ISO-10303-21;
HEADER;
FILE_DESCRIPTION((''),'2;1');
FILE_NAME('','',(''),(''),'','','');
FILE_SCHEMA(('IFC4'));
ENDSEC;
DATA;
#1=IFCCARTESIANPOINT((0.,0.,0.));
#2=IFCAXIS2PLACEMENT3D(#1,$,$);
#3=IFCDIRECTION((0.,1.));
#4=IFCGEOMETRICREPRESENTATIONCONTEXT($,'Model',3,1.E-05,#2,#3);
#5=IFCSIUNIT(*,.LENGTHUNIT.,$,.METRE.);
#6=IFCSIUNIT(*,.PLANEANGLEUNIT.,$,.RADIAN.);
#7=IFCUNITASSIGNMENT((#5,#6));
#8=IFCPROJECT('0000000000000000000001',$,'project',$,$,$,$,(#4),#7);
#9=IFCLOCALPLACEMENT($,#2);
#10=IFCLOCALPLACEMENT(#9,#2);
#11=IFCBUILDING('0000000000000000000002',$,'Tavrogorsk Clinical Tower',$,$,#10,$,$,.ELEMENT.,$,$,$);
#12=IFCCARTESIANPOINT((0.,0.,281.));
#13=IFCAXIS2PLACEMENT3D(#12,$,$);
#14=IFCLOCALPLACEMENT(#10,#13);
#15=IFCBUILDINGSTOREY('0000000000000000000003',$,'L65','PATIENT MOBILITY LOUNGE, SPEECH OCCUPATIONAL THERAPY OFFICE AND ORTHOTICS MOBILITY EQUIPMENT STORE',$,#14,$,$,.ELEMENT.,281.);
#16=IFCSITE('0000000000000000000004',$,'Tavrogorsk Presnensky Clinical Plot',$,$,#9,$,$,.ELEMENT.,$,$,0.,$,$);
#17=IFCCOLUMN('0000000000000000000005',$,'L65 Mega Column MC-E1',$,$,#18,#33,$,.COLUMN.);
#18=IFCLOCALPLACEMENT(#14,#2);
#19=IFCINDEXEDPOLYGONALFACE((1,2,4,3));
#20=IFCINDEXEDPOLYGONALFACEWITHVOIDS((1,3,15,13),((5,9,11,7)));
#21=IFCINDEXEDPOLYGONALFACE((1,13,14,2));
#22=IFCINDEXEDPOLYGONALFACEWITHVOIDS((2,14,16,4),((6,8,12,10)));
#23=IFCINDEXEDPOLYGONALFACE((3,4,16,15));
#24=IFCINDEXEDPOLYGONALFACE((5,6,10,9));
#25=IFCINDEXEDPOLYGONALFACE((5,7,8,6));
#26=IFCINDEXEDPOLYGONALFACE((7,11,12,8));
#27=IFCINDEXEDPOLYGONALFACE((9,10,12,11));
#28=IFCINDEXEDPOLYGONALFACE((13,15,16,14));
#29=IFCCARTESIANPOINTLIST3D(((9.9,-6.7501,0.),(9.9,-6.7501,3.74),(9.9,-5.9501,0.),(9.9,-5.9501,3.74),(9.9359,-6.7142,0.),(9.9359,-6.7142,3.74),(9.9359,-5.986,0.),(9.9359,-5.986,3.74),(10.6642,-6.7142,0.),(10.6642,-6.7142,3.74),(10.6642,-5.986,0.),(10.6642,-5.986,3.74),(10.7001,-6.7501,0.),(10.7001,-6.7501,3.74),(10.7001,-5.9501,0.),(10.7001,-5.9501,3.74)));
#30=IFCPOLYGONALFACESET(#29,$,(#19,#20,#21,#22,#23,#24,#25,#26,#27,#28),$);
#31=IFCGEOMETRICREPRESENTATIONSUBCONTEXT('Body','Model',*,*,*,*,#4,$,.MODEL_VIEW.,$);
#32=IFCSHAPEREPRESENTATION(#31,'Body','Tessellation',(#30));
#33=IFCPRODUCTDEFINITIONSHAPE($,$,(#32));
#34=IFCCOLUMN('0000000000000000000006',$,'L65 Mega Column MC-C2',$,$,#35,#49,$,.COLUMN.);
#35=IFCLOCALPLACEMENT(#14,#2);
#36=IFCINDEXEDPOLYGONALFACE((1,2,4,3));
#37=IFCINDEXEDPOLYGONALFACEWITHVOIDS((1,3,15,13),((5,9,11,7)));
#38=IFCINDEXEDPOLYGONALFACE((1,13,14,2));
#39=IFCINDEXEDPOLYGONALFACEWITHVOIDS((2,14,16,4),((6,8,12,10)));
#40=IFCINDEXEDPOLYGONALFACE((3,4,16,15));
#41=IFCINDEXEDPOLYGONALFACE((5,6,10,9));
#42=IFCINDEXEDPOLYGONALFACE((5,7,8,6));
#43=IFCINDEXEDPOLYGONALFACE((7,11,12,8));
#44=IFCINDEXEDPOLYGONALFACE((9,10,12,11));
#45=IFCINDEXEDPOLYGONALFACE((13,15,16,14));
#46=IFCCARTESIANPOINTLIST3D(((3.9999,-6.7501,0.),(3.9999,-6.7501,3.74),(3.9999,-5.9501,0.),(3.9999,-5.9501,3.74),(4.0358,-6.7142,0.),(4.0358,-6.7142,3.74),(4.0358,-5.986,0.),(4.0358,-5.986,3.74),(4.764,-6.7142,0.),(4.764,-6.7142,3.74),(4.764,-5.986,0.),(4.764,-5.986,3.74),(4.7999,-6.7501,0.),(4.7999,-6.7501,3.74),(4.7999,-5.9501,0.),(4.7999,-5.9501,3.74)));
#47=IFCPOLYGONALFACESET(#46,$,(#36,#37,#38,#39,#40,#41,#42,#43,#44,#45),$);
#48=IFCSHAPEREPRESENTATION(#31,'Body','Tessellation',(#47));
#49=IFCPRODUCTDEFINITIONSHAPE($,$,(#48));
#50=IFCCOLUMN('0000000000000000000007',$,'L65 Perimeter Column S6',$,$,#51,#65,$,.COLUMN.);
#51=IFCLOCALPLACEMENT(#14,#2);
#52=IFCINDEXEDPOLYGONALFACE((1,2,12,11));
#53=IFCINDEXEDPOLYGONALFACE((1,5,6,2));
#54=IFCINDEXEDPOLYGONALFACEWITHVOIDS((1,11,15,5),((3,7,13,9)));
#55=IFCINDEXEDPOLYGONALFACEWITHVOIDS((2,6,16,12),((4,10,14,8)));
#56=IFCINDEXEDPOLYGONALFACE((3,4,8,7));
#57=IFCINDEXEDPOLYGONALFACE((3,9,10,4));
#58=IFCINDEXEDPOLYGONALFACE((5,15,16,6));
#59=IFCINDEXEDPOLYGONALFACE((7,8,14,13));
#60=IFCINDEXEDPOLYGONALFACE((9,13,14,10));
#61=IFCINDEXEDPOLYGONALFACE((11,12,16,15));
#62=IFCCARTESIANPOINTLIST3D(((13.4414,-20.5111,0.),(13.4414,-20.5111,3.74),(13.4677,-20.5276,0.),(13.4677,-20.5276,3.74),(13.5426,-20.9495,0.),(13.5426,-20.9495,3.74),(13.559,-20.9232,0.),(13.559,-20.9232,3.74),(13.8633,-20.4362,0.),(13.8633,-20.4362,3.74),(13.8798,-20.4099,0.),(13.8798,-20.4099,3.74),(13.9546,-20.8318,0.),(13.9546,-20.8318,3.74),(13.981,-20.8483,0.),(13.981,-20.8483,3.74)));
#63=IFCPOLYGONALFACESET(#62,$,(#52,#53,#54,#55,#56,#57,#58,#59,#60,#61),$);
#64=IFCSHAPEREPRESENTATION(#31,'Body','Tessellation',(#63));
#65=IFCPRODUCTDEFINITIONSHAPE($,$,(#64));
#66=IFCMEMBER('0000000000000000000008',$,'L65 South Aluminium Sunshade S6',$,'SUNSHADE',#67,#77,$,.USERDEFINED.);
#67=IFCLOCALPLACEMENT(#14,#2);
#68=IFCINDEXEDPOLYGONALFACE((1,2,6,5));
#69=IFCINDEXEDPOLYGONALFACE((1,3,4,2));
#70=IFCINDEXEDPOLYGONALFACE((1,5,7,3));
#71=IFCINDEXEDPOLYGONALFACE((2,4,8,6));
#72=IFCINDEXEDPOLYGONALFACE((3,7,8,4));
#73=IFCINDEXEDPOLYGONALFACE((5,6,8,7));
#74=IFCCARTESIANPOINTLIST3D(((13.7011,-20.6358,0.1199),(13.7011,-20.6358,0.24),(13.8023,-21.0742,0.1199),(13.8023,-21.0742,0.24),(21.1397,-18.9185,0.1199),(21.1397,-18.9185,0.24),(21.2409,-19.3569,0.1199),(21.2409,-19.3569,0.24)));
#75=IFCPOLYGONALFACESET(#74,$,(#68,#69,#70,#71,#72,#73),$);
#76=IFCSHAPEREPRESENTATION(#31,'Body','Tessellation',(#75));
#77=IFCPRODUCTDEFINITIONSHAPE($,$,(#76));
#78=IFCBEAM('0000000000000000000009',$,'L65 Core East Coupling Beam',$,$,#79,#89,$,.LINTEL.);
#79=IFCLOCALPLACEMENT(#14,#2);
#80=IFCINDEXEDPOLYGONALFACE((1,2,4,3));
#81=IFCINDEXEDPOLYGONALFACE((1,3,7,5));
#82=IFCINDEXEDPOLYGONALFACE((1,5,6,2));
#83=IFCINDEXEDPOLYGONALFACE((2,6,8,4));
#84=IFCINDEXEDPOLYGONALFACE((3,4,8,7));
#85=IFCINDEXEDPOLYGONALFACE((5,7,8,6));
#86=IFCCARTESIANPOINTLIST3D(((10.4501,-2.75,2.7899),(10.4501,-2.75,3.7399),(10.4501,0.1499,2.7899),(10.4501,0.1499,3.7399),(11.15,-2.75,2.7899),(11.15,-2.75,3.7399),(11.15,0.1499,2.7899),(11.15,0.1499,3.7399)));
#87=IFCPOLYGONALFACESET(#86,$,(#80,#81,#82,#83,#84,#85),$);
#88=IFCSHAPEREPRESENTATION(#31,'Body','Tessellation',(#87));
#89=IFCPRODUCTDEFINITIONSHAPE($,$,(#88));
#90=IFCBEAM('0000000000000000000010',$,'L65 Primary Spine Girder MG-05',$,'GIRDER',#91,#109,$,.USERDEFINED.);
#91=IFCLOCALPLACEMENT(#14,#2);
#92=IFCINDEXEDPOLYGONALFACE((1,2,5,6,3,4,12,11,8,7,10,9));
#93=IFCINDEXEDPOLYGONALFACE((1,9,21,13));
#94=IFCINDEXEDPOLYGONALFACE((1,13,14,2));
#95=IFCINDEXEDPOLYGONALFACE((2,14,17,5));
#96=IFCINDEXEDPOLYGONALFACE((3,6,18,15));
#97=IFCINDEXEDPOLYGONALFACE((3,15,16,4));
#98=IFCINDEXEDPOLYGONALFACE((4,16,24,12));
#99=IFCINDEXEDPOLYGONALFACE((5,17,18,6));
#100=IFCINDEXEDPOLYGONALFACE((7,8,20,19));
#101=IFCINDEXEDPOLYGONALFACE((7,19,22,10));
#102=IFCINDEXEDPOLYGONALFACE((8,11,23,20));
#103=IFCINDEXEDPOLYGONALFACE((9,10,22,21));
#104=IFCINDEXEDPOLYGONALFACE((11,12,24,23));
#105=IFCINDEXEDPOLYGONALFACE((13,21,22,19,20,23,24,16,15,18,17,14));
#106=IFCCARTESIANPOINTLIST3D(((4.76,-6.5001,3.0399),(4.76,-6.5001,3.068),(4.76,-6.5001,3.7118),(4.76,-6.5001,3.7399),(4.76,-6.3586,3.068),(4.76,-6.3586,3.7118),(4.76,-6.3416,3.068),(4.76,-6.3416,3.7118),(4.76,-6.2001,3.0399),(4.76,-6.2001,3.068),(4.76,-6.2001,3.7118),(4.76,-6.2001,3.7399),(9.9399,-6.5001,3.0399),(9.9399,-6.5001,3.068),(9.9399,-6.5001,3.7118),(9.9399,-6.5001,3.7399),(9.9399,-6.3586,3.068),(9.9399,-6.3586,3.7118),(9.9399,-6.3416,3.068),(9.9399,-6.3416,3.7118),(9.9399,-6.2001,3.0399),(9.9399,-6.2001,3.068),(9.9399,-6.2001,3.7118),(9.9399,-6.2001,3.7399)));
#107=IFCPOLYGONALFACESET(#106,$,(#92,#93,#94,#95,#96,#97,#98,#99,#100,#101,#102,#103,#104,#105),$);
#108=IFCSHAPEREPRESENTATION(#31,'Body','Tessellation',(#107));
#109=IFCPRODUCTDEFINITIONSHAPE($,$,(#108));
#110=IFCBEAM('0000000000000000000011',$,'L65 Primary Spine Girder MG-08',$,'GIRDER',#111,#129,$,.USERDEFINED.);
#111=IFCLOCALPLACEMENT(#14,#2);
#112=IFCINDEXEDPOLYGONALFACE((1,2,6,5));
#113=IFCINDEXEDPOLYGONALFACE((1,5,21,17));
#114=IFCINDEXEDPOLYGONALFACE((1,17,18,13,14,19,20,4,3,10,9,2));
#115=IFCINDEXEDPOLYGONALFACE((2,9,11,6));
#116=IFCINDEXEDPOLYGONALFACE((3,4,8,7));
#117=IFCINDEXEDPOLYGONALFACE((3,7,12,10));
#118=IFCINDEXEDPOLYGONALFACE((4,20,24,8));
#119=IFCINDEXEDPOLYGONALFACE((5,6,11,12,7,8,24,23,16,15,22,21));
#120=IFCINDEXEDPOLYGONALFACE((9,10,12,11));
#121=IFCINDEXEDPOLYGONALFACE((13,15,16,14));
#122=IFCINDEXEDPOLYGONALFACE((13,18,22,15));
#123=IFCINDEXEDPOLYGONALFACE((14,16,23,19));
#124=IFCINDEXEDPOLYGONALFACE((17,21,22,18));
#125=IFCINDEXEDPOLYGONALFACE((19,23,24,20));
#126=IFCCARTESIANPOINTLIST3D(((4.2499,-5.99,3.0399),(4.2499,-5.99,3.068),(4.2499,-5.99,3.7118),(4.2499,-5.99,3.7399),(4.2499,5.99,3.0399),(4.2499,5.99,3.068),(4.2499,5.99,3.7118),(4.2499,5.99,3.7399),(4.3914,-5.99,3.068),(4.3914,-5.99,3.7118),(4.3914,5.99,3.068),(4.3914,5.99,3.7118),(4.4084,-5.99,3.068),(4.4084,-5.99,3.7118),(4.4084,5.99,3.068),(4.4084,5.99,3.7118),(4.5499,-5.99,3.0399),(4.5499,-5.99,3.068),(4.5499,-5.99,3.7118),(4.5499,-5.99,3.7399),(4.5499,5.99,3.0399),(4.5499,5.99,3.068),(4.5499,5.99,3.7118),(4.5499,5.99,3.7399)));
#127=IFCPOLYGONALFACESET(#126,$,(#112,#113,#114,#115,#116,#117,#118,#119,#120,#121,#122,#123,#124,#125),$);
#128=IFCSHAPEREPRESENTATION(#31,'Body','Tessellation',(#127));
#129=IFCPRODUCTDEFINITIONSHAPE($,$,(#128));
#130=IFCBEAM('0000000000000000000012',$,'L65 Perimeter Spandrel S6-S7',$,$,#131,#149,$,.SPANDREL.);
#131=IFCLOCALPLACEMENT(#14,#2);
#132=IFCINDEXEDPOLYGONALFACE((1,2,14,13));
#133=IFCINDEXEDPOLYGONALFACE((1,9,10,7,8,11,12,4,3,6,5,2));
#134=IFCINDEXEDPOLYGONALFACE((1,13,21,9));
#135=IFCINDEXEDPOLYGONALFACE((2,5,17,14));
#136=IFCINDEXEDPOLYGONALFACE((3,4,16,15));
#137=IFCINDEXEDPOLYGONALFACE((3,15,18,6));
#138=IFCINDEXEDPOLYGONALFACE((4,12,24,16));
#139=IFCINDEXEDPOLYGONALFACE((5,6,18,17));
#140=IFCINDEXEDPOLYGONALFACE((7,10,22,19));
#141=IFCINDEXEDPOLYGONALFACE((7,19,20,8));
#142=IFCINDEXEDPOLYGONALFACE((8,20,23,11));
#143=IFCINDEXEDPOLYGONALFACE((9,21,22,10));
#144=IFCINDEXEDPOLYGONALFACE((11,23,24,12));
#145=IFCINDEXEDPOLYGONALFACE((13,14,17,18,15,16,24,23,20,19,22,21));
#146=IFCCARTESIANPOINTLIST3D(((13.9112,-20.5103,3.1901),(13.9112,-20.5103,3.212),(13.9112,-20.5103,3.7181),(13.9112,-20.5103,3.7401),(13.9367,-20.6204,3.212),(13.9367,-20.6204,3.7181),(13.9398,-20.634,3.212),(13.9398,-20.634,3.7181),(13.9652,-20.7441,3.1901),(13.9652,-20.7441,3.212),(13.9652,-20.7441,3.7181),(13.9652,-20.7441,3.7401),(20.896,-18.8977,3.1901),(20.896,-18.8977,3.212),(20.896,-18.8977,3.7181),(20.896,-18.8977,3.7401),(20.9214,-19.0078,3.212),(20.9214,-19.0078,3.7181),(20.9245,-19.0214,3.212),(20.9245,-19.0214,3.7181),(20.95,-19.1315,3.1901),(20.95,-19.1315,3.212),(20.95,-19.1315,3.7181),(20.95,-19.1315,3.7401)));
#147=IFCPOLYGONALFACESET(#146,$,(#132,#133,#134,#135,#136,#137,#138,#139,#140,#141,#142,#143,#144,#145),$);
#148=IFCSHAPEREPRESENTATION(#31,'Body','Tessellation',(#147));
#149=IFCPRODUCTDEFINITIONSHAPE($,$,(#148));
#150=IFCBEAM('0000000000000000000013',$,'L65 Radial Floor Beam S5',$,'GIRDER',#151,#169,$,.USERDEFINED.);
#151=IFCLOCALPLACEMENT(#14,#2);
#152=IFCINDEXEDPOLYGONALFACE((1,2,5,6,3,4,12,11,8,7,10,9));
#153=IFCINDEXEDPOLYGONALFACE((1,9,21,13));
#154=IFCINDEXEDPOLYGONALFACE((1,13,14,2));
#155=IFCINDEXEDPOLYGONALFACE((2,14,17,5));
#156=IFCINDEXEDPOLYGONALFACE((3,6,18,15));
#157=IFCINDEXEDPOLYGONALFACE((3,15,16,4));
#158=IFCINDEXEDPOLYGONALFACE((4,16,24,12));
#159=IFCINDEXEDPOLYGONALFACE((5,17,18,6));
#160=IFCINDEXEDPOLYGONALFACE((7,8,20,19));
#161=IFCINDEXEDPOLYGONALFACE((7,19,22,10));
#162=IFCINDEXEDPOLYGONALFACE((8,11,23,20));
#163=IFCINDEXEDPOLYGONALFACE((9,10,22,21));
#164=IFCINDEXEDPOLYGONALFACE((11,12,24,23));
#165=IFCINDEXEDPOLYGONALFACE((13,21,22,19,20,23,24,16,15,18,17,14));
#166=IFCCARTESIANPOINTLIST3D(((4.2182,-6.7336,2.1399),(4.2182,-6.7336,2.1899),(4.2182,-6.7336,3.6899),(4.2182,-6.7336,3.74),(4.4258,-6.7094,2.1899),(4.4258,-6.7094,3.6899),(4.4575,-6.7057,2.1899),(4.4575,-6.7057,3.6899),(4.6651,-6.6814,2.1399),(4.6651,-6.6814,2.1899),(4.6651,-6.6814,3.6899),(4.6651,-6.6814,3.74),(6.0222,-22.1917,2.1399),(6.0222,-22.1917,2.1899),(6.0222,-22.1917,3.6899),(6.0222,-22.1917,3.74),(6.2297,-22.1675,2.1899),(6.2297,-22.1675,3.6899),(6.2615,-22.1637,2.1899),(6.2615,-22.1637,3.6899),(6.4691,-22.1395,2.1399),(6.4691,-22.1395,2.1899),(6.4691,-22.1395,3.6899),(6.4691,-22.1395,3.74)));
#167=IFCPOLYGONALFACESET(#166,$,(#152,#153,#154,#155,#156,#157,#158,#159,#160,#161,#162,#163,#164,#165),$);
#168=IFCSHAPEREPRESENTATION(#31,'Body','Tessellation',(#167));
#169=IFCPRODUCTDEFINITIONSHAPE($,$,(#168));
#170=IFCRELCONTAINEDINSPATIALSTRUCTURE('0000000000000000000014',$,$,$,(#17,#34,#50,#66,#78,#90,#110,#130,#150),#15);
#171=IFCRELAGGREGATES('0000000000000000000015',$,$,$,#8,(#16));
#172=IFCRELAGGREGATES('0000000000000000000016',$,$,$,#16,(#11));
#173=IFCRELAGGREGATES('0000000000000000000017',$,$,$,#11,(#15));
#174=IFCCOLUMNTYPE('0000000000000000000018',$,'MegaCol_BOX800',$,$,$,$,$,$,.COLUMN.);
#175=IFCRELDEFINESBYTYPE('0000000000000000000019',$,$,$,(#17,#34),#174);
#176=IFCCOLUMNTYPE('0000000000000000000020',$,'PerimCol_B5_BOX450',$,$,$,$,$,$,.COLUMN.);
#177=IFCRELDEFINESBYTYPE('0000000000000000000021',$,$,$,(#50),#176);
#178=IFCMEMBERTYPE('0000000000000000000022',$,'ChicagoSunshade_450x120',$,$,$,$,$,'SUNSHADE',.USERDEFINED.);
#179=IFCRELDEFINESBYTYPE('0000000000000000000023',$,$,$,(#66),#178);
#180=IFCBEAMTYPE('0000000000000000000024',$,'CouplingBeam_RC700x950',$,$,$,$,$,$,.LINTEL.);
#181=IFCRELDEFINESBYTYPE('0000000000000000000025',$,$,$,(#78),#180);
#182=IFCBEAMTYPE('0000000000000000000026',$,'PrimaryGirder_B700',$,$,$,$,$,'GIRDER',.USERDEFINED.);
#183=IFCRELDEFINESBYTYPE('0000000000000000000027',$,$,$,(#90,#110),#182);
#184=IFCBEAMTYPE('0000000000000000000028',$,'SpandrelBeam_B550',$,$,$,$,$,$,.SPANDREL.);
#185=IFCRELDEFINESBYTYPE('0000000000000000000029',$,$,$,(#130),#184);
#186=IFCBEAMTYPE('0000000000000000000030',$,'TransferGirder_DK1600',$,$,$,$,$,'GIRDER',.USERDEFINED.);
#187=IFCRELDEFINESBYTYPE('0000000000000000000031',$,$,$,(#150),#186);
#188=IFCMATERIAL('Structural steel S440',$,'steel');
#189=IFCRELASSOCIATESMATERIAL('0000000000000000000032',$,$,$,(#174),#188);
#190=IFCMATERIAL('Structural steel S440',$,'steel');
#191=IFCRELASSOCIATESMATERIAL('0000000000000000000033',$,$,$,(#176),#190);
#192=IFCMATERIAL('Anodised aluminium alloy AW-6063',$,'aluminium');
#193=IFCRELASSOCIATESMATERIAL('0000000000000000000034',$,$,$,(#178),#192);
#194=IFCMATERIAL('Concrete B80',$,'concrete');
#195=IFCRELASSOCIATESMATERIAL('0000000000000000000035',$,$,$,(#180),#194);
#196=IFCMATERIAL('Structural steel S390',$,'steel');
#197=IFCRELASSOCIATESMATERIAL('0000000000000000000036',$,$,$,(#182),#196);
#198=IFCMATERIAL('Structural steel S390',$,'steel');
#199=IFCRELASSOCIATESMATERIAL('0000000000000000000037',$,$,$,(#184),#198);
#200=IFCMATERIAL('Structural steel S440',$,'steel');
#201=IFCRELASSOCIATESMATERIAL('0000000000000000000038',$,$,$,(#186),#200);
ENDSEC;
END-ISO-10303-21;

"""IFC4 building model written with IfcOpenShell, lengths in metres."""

from ifc_helpers import new_model, si_unit, direction, frame, origin, origin_2d, place, context, subcontext, project, spatial, rectangle, hollow_rectangle, i_section, extrude, material, material_profile, profile_set, type_object, element, save


model = new_model("IFC4")

# Units and contexts
model_context = context("Model", 3, precision=1e-05, world=origin(), true_north=direction((0.0, 1.0)))
body_context = subcontext(model_context, "Body", "Model", "MODEL_VIEW")
ifc_project = project(units=[si_unit("LENGTHUNIT", "METRE"), si_unit("PLANEANGLEUNIT", "RADIAN")], contexts=[model_context])

# Site, building, storey
site_placement = place(None, origin())
site = spatial("IfcSite", under=ifc_project, at=site_placement, Name="Tavrogorsk Presnensky Clinical Plot", CompositionType="ELEMENT", RefElevation=0.0)
building_placement = place(site_placement, origin())
building = spatial("IfcBuilding", under=site, at=building_placement, Name="Tavrogorsk Clinical Tower", CompositionType="ELEMENT")
storey_placement = place(building_placement, frame((0.0, 0.0, 281.0)))
storey = spatial("IfcBuildingStorey", under=building, at=storey_placement, Name="L65", Description="PATIENT MOBILITY LOUNGE, SPEECH OCCUPATIONAL THERAPY OFFICE AND ORTHOTICS MOBILITY EQUIPMENT STORE", CompositionType="ELEMENT", Elevation=281.0)

# Columns
ifc_material_1 = material(Name="Structural steel S440", Category="steel")
ifc_material_profile_1 = material_profile(ifc_material_1, hollow_rectangle(XDim=0.8, YDim=0.8, WallThickness=0.0359, at=origin_2d()), Name="BOX-800x800x36")
ifc_profile_set_1 = profile_set([ifc_material_profile_1], Name="Structural steel S440")
column_type_1 = type_object("IfcColumnType", Name="MegaCol_BOX800", PredefinedType="COLUMN", material=ifc_profile_set_1)
for number, where, z_axis, x_axis, name in (
    (1, (10.3, -6.3501, 0.0), (0.0, 0.0, 1.0), (1.0, 0.0, 0.0), "L65 Mega Column MC-E1"),
    (2, (4.3999, -6.3501, 0.0), (0.0, 0.0, 1.0), (1.0, 0.0, 0.0), "L65 Mega Column MC-C2"),
):
    element("IfcColumn", number, at=place(storey_placement, frame(where, z_axis=z_axis, x_axis=x_axis)), inside=storey, type_object=column_type_1, Name=name, PredefinedType="COLUMN", context=body_context, shape_type="SweptSolid", body=[
        extrude(hollow_rectangle(XDim=0.8, YDim=0.8, WallThickness=0.0359, at=origin_2d()), origin(), (0.0, 0.0, 1.0), 3.74),
    ])
ifc_material_2 = material(Name="Structural steel S440", Category="steel")
ifc_material_profile_2 = material_profile(ifc_material_2, hollow_rectangle(XDim=0.45, YDim=0.45, WallThickness=0.022, at=origin_2d()), Name="BOX-450x450x22")
ifc_profile_set_2 = profile_set([ifc_material_profile_2], Name="Structural steel S440")
column_type_2 = type_object("IfcColumnType", Name="PerimCol_B5_BOX450", PredefinedType="COLUMN", material=ifc_profile_set_2)
column_placement = place(storey_placement, frame((13.7112, -20.6797, 0.0), z_axis=(0.0, 0.0, 1.0), x_axis=(0.97437, 0.224951, 0.0)))
element("IfcColumn", 3, at=column_placement, inside=storey, type_object=column_type_2, Name="L65 Perimeter Column S6", PredefinedType="COLUMN", context=body_context, shape_type="SweptSolid", body=[
    extrude(hollow_rectangle(XDim=0.45, YDim=0.45, WallThickness=0.022, at=origin_2d()), origin(), (0.0, 0.0, 1.0), 3.74),
])

# Member
ifc_material_3 = material(Name="Anodised aluminium alloy AW-6063", Category="aluminium")
ifc_material_profile_3 = material_profile(ifc_material_3, rectangle(XDim=0.45, YDim=0.1201, at=origin_2d()), Name="ALU-SUNSHADE-450x120")
ifc_profile_set_3 = profile_set([ifc_material_profile_3], Name="Anodised aluminium alloy AW-6063")
member_type = type_object("IfcMemberType", Name="ChicagoSunshade_450x120", ElementType="SUNSHADE", PredefinedType="USERDEFINED", material=ifc_profile_set_3)
member_placement = place(storey_placement, frame((13.7517, -20.855, 0.1799), z_axis=(0.974372, 0.224941, 0.0), x_axis=(-0.224941, 0.974372, 0.0)))
element("IfcMember", 4, at=member_placement, inside=storey, type_object=member_type, Name="L65 South Aluminium Sunshade S6", ObjectType="SUNSHADE", PredefinedType="USERDEFINED", context=body_context, shape_type="SweptSolid", body=[
    extrude(rectangle(XDim=0.45, YDim=0.1201, at=origin_2d()), origin(), (0.0, 0.0, 1.0), 7.6343),
])

# Beams
ifc_material_4 = material(Name="Concrete B80", Category="concrete")
ifc_material_profile_4 = material_profile(ifc_material_4, rectangle(XDim=0.7, YDim=0.95, at=origin_2d()), Name="RC-CB-700x950")
ifc_profile_set_4 = profile_set([ifc_material_profile_4], Name="Concrete B80")
beam_type_1 = type_object("IfcBeamType", Name="CouplingBeam_RC700x950", PredefinedType="LINTEL", material=ifc_profile_set_4)
beam_1_placement = place(storey_placement, frame((10.8, -2.75, 3.2649), z_axis=(0.0, 1.0, 0.0), x_axis=(-1.0, 0.0, 0.0)))
element("IfcBeam", 5, at=beam_1_placement, inside=storey, type_object=beam_type_1, Name="L65 Core East Coupling Beam", PredefinedType="LINTEL", context=body_context, shape_type="SweptSolid", body=[
    extrude(rectangle(XDim=0.7, YDim=0.95, at=origin_2d()), origin(), (0.0, 0.0, 1.0), 2.8999),
])
ifc_material_5 = material(Name="Structural steel S390", Category="steel")
ifc_material_profile_5 = material_profile(ifc_material_5, i_section(OverallWidth=0.3, OverallDepth=0.7, WebThickness=0.0171, FlangeThickness=0.0281, at=origin_2d()), Name="B-700x300x17x28")
ifc_profile_set_5 = profile_set([ifc_material_profile_5], Name="Structural steel S390")
beam_type_2 = type_object("IfcBeamType", Name="PrimaryGirder_B700", ElementType="GIRDER", PredefinedType="USERDEFINED", material=ifc_profile_set_5)
beam_2_placement = place(storey_placement, frame((4.76, -6.3501, 3.3899), z_axis=(1.0, 0.0, 0.0), x_axis=(0.0, 1.0, 0.0)))
element("IfcBeam", 6, at=beam_2_placement, inside=storey, type_object=beam_type_2, Name="L65 Primary Spine Girder MG-05", ObjectType="GIRDER", PredefinedType="USERDEFINED", context=body_context, shape_type="SweptSolid", body=[
    extrude(i_section(OverallWidth=0.3, OverallDepth=0.7, WebThickness=0.0171, FlangeThickness=0.0281, at=origin_2d()), origin(), (0.0, 0.0, 1.0), 5.1799),
])
beam_3_placement = place(storey_placement, frame((4.3999, -5.99, 3.3899), z_axis=(0.0, 1.0, 0.0), x_axis=(-1.0, 0.0, 0.0)))
element("IfcBeam", 7, at=beam_3_placement, inside=storey, type_object=beam_type_2, Name="L65 Primary Spine Girder MG-08", ObjectType="GIRDER", PredefinedType="USERDEFINED", context=body_context, shape_type="SweptSolid", body=[
    extrude(i_section(OverallWidth=0.3, OverallDepth=0.7, WebThickness=0.0171, FlangeThickness=0.0281, at=origin_2d()), origin(), (0.0, 0.0, 1.0), 11.98),
])
ifc_material_6 = material(Name="Structural steel S390", Category="steel")
ifc_material_profile_6 = material_profile(ifc_material_6, i_section(OverallWidth=0.24, OverallDepth=0.55, WebThickness=0.0139, FlangeThickness=0.022, at=origin_2d()), Name="B-550x240x14x22")
ifc_profile_set_6 = profile_set([ifc_material_profile_6], Name="Structural steel S390")
beam_type_3 = type_object("IfcBeamType", Name="SpandrelBeam_B550", PredefinedType="SPANDREL", material=ifc_profile_set_6)
beam_4_placement = place(storey_placement, frame((13.9382, -20.6272, 3.4651), z_axis=(0.974369, 0.224954, 0.0), x_axis=(-0.224954, 0.974369, 0.0)))
element("IfcBeam", 8, at=beam_4_placement, inside=storey, type_object=beam_type_3, Name="L65 Perimeter Spandrel S6-S7", PredefinedType="SPANDREL", context=body_context, shape_type="SweptSolid", body=[
    extrude(i_section(OverallWidth=0.24, OverallDepth=0.55, WebThickness=0.0139, FlangeThickness=0.022, at=origin_2d()), origin(), (0.0, 0.0, 1.0), 7.1685),
])
ifc_material_7 = material(Name="Structural steel S440", Category="steel")
ifc_material_profile_7 = material_profile(ifc_material_7, i_section(OverallWidth=0.45, OverallDepth=1.6001, WebThickness=0.032, FlangeThickness=0.05, at=origin_2d()), Name="DK-1600x450x32x50")
ifc_profile_set_7 = profile_set([ifc_material_profile_7], Name="Structural steel S440")
beam_type_4 = type_object("IfcBeamType", Name="TransferGirder_DK1600", ElementType="GIRDER", PredefinedType="USERDEFINED", material=ifc_profile_set_7)
beam_5_placement = place(storey_placement, frame((4.4417, -6.7075, 2.9399), z_axis=(0.115914, -0.993259, 0.0), x_axis=(0.993259, 0.115914, 0.0)))
element("IfcBeam", 9, at=beam_5_placement, inside=storey, type_object=beam_type_4, Name="L65 Radial Floor Beam S5", ObjectType="GIRDER", PredefinedType="USERDEFINED", context=body_context, shape_type="SweptSolid", body=[
    extrude(i_section(OverallWidth=0.45, OverallDepth=1.6001, WebThickness=0.032, FlangeThickness=0.05, at=origin_2d()), origin(), (0.0, 0.0, 1.0), 15.563),
])

save(model, "model.ifc")
